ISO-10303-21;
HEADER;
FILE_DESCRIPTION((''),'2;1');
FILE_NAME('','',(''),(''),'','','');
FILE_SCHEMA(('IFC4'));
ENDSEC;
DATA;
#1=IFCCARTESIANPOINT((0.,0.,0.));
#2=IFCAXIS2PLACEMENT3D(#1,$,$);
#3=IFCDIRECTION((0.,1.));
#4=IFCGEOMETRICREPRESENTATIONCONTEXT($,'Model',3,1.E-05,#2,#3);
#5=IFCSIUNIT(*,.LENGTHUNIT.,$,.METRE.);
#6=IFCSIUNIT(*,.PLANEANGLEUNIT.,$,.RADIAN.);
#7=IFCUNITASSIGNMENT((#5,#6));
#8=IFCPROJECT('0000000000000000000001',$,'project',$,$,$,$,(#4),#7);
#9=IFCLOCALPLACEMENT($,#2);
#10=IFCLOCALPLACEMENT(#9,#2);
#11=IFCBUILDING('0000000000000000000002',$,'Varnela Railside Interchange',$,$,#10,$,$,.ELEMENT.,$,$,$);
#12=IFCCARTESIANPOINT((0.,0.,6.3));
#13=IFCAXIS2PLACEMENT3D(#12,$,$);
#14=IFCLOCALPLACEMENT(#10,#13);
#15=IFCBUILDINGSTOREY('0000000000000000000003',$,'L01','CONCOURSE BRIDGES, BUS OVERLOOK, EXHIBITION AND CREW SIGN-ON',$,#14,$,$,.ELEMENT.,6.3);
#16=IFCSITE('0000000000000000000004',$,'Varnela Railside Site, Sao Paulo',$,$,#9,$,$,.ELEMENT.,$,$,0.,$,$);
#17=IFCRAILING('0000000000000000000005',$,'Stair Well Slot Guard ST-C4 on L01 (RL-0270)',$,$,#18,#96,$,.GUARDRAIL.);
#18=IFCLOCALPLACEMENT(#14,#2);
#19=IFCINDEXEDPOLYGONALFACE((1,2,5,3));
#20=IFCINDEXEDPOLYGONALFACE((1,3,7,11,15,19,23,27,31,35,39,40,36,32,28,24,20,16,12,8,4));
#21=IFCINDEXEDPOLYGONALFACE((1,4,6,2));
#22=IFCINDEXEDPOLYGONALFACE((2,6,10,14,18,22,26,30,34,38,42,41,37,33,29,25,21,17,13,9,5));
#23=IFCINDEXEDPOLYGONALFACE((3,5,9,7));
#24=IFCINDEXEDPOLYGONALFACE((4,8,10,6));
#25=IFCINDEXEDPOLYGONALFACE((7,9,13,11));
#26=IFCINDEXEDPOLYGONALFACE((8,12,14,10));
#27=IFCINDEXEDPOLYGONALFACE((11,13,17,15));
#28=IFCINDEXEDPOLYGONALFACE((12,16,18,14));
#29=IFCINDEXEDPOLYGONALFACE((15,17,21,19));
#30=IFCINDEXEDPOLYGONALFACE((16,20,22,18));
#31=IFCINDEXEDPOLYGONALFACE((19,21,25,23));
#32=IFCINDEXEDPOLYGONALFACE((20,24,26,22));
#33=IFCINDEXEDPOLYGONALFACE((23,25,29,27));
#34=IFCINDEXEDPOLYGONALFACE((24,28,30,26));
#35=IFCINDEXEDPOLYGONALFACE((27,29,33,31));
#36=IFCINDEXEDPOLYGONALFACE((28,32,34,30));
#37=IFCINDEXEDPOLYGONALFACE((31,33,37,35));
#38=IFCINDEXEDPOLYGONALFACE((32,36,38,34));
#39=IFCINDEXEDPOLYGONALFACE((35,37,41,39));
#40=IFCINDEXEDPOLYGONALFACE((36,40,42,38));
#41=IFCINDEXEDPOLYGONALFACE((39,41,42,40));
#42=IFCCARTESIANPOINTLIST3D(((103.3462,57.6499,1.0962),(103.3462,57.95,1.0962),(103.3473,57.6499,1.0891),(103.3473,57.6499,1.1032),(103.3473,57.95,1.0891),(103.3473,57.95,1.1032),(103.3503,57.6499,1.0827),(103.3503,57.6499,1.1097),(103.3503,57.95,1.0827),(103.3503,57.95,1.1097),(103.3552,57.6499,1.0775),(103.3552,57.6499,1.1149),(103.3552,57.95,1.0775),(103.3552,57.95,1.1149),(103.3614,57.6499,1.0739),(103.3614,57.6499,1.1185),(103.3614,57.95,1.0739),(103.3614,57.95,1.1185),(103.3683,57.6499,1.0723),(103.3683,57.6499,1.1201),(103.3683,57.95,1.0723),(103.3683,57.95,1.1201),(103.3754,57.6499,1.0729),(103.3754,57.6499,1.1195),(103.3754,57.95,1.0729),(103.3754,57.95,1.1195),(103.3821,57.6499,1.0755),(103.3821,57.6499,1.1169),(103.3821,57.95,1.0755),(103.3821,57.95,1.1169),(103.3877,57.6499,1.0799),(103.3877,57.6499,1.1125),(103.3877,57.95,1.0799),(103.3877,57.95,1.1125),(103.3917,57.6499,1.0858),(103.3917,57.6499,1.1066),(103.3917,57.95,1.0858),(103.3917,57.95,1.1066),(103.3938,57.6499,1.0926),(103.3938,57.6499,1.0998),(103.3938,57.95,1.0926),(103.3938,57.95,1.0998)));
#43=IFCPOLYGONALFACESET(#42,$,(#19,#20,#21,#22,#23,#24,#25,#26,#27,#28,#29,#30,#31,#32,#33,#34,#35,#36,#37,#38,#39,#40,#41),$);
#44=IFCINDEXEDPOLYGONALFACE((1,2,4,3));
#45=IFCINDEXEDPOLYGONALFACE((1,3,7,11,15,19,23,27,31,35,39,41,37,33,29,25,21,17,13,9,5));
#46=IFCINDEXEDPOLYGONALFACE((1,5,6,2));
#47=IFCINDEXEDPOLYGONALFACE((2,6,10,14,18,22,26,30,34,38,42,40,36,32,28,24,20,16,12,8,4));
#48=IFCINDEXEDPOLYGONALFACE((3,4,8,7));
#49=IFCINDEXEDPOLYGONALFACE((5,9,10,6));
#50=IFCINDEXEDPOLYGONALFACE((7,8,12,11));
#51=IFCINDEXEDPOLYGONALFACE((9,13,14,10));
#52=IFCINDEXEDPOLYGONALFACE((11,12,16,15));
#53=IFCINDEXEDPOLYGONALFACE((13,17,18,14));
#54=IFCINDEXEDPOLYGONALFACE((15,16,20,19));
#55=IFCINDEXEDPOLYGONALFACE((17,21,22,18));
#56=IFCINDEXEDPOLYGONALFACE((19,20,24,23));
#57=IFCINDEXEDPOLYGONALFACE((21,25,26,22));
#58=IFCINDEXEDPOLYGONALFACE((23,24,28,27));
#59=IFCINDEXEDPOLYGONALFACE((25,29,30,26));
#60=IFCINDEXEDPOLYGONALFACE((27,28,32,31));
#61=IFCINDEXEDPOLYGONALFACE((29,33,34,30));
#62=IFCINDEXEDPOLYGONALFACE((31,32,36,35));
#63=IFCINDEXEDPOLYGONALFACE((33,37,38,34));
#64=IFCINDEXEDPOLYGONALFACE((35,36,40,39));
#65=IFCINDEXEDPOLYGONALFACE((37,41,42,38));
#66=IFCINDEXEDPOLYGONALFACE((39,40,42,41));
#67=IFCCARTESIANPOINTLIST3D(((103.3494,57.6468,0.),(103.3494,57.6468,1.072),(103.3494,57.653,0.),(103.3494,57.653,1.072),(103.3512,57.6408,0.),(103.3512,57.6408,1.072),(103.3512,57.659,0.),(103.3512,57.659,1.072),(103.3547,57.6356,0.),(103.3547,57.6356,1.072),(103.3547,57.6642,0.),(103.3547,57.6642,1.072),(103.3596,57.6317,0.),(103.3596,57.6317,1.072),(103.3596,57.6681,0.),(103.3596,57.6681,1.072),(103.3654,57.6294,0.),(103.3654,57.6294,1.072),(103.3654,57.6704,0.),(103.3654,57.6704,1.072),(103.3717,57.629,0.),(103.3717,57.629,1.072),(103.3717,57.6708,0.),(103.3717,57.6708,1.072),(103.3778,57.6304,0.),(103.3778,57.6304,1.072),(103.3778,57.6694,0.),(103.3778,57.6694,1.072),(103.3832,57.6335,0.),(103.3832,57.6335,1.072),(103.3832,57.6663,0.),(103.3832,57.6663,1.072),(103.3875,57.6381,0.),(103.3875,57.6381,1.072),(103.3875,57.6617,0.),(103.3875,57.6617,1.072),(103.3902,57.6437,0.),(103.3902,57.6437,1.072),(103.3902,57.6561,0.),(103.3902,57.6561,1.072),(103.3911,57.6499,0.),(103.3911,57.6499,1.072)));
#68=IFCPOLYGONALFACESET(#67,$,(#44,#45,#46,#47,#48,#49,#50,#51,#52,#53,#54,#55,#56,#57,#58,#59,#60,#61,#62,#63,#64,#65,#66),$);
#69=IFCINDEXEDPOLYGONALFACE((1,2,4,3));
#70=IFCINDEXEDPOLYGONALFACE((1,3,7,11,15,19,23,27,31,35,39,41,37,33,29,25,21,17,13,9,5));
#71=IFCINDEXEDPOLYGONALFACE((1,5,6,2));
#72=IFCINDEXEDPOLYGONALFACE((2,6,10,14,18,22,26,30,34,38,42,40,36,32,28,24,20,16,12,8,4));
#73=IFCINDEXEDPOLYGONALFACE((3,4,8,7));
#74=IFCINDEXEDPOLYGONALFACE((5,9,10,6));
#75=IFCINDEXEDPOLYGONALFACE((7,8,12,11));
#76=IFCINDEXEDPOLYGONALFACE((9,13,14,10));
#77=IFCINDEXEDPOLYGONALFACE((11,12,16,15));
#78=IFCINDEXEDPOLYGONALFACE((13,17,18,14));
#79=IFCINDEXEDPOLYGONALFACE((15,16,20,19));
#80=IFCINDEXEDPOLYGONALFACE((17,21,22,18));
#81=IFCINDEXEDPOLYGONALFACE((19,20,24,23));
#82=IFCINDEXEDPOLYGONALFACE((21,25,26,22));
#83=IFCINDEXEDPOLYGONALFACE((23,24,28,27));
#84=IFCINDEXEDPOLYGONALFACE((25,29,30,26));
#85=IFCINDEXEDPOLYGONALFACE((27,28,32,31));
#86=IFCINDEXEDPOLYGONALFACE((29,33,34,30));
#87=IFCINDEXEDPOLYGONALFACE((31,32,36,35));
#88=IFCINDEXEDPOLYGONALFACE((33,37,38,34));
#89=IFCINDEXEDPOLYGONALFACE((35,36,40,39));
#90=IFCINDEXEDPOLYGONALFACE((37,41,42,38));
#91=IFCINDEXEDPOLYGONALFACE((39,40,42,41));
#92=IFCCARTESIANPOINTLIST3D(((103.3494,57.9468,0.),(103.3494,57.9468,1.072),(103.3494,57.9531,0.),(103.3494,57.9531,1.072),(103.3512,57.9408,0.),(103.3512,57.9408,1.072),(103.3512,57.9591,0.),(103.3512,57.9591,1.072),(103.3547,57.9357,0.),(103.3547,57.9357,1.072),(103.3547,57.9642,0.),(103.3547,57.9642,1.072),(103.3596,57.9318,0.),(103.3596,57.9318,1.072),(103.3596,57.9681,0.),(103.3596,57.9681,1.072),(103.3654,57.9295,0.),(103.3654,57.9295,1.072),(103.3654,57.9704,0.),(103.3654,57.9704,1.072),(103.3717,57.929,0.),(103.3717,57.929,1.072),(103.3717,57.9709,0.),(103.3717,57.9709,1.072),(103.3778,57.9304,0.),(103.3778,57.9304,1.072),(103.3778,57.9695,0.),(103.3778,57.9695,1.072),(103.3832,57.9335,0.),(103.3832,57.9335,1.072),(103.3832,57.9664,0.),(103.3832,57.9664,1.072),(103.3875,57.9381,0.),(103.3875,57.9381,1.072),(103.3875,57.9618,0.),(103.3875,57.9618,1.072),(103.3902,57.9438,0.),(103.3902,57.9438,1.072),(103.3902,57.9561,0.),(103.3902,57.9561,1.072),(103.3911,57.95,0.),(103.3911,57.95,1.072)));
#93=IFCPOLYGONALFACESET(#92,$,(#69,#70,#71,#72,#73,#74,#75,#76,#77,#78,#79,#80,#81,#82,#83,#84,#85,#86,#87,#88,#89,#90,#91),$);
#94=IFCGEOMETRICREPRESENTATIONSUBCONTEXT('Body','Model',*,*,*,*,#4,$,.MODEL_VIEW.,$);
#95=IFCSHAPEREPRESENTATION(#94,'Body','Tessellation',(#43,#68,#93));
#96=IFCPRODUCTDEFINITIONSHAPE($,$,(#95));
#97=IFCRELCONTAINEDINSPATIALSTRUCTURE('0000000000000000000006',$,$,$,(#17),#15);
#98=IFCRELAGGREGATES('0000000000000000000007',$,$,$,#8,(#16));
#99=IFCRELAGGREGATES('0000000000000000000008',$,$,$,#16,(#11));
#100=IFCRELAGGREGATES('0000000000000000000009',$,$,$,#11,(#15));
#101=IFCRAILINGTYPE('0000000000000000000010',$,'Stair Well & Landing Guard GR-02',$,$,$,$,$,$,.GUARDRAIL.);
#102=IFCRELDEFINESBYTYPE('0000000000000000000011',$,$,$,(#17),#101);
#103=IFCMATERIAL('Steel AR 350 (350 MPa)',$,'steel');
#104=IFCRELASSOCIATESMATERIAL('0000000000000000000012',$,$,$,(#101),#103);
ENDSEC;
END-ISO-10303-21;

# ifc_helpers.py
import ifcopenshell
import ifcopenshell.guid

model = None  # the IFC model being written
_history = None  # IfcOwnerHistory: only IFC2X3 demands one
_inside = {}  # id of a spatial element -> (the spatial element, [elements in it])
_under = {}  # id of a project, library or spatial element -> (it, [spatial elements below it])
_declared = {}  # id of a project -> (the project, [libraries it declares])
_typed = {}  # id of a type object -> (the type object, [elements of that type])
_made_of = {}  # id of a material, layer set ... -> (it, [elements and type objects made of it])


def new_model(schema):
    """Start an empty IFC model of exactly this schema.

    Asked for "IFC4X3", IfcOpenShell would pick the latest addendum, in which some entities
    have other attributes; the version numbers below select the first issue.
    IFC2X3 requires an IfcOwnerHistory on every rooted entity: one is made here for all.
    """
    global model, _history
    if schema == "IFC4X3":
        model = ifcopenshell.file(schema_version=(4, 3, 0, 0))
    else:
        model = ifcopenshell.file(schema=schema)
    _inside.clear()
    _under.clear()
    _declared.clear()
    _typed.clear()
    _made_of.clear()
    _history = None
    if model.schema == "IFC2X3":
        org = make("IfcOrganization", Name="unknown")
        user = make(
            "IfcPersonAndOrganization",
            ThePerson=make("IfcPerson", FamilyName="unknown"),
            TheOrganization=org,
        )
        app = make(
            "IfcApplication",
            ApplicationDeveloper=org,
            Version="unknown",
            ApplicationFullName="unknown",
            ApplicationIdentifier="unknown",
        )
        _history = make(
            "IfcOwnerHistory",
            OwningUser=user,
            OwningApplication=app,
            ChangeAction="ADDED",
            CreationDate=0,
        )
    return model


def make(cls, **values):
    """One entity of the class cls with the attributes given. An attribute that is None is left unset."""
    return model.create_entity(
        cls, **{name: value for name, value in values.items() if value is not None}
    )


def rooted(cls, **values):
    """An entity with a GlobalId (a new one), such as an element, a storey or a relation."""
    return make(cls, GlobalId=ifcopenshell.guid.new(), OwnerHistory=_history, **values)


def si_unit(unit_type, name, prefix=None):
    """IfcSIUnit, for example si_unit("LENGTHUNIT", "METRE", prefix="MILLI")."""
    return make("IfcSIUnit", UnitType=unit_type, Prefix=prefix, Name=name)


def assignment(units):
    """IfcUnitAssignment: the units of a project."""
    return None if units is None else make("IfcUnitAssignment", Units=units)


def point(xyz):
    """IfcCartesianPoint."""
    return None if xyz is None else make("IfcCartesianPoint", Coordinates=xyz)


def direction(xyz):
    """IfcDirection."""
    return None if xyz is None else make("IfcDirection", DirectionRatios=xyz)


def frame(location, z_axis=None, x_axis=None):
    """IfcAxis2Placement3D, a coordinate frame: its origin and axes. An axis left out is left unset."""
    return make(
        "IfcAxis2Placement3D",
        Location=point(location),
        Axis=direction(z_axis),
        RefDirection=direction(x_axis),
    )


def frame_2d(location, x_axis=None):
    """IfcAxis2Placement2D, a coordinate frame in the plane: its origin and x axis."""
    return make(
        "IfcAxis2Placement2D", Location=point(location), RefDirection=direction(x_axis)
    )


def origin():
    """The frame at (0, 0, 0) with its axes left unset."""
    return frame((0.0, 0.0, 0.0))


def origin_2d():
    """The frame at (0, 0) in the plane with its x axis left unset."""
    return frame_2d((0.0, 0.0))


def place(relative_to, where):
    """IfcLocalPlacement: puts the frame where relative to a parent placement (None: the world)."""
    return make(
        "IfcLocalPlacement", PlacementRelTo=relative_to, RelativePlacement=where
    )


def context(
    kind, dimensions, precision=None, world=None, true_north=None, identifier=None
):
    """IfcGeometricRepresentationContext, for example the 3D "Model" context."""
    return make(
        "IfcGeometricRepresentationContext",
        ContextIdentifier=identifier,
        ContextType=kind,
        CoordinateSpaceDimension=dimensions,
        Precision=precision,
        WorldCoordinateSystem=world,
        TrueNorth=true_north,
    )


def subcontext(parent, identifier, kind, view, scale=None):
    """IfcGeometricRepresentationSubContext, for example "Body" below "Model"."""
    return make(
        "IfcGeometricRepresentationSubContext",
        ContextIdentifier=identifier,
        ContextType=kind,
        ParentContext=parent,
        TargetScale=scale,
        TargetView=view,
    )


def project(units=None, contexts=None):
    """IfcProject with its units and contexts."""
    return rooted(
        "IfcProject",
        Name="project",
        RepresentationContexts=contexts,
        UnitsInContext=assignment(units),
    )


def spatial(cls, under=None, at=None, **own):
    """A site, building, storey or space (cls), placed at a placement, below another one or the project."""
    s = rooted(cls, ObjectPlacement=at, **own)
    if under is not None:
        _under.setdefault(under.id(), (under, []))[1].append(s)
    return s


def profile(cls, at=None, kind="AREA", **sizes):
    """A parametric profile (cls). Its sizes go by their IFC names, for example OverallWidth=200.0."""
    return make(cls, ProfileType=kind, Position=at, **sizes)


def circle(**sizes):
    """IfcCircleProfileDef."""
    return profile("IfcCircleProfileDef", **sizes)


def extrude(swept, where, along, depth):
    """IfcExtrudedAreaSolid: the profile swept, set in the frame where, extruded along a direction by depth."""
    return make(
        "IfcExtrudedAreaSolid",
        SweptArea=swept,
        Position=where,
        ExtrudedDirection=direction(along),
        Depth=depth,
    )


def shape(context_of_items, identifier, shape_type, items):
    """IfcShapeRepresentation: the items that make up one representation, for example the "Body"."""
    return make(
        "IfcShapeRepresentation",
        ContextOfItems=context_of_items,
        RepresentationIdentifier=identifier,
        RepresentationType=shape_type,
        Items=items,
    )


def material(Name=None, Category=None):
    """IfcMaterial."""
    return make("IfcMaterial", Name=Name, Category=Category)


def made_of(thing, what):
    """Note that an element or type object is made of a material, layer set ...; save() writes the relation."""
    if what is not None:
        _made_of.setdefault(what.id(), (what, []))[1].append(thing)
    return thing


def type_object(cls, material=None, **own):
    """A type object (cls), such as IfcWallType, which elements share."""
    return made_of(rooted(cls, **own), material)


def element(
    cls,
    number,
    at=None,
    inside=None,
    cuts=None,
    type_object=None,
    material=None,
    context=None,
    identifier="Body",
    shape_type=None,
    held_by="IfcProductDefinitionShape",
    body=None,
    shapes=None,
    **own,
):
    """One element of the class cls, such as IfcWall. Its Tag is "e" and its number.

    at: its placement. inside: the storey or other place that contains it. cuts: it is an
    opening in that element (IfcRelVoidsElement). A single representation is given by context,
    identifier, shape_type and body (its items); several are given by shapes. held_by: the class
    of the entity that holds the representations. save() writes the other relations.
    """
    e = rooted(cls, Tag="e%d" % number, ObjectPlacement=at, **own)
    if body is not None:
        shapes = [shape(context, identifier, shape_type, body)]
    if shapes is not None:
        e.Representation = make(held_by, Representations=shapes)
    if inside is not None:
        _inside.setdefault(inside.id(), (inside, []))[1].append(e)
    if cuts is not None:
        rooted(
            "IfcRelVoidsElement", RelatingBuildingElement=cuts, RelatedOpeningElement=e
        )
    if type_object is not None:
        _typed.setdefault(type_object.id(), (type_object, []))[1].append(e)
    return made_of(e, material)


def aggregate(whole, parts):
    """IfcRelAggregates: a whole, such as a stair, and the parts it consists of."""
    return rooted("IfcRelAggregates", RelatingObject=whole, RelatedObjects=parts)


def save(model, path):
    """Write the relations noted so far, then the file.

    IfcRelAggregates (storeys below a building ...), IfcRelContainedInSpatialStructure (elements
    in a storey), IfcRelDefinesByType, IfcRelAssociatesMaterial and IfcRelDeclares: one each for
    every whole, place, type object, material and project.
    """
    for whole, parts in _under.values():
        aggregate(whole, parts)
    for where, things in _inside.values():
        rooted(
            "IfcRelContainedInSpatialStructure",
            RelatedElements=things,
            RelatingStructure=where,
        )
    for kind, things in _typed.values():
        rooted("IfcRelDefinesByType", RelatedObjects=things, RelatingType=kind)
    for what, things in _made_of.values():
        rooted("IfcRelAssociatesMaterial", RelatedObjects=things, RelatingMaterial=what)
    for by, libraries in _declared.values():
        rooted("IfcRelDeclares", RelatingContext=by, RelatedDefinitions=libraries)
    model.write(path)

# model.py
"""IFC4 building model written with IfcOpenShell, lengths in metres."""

from ifc_helpers import new_model, si_unit, direction, frame, origin, origin_2d, place, context, subcontext, project, spatial, circle, extrude, material, type_object, element, save


model = new_model("IFC4")

# Units and contexts
model_context = context("Model", 3, precision=1e-05, world=origin(), true_north=direction((0.0, 1.0)))
body_context = subcontext(model_context, "Body", "Model", "MODEL_VIEW")
ifc_project = project(units=[si_unit("LENGTHUNIT", "METRE"), si_unit("PLANEANGLEUNIT", "RADIAN")], contexts=[model_context])

# Site, building, storey
site_placement = place(None, origin())
site = spatial("IfcSite", under=ifc_project, at=site_placement, Name="Varnela Railside Site, Sao Paulo", CompositionType="ELEMENT", RefElevation=0.0)
building_placement = place(site_placement, origin())
building = spatial("IfcBuilding", under=site, at=building_placement, Name="Varnela Railside Interchange", CompositionType="ELEMENT")
storey_placement = place(building_placement, frame((0.0, 0.0, 6.3)))
storey = spatial("IfcBuildingStorey", under=building, at=storey_placement, Name="L01", Description="CONCOURSE BRIDGES, BUS OVERLOOK, EXHIBITION AND CREW SIGN-ON", CompositionType="ELEMENT", Elevation=6.3)

# Shared definitions
ifc_material_1 = material(Name="Steel AR 350 (350 MPa)", Category="steel")

# Railing
railing_type_1 = type_object("IfcRailingType", Name="Stair Well & Landing Guard GR-02", PredefinedType="GUARDRAIL", material=ifc_material_1)
railing_1_placement = place(storey_placement, frame((103.3701, 57.6499, 0.0)))
element("IfcRailing", 1, at=railing_1_placement, inside=storey, type_object=railing_type_1, Name="Stair Well Slot Guard ST-C4 on L01 (RL-0270)", PredefinedType="GUARDRAIL", context=body_context, shape_type="SweptSolid", body=[
    extrude(circle(Radius=0.0239, at=origin_2d()), frame((0.0, 0.0, 1.0962), z_axis=(0.0, 1.0, 0.0), x_axis=(-1.0, 0.0, 0.0)), (0.0, 0.0, 1.0), 0.3),
    extrude(circle(Radius=0.021, at=origin_2d()), origin(), (0.0, 0.0, 1.0), 1.072),
    extrude(circle(Radius=0.021, at=origin_2d()), frame((0.0, 0.3, 0.0)), (0.0, 0.0, 1.0), 1.072),
])

save(model, "model.ifc")
